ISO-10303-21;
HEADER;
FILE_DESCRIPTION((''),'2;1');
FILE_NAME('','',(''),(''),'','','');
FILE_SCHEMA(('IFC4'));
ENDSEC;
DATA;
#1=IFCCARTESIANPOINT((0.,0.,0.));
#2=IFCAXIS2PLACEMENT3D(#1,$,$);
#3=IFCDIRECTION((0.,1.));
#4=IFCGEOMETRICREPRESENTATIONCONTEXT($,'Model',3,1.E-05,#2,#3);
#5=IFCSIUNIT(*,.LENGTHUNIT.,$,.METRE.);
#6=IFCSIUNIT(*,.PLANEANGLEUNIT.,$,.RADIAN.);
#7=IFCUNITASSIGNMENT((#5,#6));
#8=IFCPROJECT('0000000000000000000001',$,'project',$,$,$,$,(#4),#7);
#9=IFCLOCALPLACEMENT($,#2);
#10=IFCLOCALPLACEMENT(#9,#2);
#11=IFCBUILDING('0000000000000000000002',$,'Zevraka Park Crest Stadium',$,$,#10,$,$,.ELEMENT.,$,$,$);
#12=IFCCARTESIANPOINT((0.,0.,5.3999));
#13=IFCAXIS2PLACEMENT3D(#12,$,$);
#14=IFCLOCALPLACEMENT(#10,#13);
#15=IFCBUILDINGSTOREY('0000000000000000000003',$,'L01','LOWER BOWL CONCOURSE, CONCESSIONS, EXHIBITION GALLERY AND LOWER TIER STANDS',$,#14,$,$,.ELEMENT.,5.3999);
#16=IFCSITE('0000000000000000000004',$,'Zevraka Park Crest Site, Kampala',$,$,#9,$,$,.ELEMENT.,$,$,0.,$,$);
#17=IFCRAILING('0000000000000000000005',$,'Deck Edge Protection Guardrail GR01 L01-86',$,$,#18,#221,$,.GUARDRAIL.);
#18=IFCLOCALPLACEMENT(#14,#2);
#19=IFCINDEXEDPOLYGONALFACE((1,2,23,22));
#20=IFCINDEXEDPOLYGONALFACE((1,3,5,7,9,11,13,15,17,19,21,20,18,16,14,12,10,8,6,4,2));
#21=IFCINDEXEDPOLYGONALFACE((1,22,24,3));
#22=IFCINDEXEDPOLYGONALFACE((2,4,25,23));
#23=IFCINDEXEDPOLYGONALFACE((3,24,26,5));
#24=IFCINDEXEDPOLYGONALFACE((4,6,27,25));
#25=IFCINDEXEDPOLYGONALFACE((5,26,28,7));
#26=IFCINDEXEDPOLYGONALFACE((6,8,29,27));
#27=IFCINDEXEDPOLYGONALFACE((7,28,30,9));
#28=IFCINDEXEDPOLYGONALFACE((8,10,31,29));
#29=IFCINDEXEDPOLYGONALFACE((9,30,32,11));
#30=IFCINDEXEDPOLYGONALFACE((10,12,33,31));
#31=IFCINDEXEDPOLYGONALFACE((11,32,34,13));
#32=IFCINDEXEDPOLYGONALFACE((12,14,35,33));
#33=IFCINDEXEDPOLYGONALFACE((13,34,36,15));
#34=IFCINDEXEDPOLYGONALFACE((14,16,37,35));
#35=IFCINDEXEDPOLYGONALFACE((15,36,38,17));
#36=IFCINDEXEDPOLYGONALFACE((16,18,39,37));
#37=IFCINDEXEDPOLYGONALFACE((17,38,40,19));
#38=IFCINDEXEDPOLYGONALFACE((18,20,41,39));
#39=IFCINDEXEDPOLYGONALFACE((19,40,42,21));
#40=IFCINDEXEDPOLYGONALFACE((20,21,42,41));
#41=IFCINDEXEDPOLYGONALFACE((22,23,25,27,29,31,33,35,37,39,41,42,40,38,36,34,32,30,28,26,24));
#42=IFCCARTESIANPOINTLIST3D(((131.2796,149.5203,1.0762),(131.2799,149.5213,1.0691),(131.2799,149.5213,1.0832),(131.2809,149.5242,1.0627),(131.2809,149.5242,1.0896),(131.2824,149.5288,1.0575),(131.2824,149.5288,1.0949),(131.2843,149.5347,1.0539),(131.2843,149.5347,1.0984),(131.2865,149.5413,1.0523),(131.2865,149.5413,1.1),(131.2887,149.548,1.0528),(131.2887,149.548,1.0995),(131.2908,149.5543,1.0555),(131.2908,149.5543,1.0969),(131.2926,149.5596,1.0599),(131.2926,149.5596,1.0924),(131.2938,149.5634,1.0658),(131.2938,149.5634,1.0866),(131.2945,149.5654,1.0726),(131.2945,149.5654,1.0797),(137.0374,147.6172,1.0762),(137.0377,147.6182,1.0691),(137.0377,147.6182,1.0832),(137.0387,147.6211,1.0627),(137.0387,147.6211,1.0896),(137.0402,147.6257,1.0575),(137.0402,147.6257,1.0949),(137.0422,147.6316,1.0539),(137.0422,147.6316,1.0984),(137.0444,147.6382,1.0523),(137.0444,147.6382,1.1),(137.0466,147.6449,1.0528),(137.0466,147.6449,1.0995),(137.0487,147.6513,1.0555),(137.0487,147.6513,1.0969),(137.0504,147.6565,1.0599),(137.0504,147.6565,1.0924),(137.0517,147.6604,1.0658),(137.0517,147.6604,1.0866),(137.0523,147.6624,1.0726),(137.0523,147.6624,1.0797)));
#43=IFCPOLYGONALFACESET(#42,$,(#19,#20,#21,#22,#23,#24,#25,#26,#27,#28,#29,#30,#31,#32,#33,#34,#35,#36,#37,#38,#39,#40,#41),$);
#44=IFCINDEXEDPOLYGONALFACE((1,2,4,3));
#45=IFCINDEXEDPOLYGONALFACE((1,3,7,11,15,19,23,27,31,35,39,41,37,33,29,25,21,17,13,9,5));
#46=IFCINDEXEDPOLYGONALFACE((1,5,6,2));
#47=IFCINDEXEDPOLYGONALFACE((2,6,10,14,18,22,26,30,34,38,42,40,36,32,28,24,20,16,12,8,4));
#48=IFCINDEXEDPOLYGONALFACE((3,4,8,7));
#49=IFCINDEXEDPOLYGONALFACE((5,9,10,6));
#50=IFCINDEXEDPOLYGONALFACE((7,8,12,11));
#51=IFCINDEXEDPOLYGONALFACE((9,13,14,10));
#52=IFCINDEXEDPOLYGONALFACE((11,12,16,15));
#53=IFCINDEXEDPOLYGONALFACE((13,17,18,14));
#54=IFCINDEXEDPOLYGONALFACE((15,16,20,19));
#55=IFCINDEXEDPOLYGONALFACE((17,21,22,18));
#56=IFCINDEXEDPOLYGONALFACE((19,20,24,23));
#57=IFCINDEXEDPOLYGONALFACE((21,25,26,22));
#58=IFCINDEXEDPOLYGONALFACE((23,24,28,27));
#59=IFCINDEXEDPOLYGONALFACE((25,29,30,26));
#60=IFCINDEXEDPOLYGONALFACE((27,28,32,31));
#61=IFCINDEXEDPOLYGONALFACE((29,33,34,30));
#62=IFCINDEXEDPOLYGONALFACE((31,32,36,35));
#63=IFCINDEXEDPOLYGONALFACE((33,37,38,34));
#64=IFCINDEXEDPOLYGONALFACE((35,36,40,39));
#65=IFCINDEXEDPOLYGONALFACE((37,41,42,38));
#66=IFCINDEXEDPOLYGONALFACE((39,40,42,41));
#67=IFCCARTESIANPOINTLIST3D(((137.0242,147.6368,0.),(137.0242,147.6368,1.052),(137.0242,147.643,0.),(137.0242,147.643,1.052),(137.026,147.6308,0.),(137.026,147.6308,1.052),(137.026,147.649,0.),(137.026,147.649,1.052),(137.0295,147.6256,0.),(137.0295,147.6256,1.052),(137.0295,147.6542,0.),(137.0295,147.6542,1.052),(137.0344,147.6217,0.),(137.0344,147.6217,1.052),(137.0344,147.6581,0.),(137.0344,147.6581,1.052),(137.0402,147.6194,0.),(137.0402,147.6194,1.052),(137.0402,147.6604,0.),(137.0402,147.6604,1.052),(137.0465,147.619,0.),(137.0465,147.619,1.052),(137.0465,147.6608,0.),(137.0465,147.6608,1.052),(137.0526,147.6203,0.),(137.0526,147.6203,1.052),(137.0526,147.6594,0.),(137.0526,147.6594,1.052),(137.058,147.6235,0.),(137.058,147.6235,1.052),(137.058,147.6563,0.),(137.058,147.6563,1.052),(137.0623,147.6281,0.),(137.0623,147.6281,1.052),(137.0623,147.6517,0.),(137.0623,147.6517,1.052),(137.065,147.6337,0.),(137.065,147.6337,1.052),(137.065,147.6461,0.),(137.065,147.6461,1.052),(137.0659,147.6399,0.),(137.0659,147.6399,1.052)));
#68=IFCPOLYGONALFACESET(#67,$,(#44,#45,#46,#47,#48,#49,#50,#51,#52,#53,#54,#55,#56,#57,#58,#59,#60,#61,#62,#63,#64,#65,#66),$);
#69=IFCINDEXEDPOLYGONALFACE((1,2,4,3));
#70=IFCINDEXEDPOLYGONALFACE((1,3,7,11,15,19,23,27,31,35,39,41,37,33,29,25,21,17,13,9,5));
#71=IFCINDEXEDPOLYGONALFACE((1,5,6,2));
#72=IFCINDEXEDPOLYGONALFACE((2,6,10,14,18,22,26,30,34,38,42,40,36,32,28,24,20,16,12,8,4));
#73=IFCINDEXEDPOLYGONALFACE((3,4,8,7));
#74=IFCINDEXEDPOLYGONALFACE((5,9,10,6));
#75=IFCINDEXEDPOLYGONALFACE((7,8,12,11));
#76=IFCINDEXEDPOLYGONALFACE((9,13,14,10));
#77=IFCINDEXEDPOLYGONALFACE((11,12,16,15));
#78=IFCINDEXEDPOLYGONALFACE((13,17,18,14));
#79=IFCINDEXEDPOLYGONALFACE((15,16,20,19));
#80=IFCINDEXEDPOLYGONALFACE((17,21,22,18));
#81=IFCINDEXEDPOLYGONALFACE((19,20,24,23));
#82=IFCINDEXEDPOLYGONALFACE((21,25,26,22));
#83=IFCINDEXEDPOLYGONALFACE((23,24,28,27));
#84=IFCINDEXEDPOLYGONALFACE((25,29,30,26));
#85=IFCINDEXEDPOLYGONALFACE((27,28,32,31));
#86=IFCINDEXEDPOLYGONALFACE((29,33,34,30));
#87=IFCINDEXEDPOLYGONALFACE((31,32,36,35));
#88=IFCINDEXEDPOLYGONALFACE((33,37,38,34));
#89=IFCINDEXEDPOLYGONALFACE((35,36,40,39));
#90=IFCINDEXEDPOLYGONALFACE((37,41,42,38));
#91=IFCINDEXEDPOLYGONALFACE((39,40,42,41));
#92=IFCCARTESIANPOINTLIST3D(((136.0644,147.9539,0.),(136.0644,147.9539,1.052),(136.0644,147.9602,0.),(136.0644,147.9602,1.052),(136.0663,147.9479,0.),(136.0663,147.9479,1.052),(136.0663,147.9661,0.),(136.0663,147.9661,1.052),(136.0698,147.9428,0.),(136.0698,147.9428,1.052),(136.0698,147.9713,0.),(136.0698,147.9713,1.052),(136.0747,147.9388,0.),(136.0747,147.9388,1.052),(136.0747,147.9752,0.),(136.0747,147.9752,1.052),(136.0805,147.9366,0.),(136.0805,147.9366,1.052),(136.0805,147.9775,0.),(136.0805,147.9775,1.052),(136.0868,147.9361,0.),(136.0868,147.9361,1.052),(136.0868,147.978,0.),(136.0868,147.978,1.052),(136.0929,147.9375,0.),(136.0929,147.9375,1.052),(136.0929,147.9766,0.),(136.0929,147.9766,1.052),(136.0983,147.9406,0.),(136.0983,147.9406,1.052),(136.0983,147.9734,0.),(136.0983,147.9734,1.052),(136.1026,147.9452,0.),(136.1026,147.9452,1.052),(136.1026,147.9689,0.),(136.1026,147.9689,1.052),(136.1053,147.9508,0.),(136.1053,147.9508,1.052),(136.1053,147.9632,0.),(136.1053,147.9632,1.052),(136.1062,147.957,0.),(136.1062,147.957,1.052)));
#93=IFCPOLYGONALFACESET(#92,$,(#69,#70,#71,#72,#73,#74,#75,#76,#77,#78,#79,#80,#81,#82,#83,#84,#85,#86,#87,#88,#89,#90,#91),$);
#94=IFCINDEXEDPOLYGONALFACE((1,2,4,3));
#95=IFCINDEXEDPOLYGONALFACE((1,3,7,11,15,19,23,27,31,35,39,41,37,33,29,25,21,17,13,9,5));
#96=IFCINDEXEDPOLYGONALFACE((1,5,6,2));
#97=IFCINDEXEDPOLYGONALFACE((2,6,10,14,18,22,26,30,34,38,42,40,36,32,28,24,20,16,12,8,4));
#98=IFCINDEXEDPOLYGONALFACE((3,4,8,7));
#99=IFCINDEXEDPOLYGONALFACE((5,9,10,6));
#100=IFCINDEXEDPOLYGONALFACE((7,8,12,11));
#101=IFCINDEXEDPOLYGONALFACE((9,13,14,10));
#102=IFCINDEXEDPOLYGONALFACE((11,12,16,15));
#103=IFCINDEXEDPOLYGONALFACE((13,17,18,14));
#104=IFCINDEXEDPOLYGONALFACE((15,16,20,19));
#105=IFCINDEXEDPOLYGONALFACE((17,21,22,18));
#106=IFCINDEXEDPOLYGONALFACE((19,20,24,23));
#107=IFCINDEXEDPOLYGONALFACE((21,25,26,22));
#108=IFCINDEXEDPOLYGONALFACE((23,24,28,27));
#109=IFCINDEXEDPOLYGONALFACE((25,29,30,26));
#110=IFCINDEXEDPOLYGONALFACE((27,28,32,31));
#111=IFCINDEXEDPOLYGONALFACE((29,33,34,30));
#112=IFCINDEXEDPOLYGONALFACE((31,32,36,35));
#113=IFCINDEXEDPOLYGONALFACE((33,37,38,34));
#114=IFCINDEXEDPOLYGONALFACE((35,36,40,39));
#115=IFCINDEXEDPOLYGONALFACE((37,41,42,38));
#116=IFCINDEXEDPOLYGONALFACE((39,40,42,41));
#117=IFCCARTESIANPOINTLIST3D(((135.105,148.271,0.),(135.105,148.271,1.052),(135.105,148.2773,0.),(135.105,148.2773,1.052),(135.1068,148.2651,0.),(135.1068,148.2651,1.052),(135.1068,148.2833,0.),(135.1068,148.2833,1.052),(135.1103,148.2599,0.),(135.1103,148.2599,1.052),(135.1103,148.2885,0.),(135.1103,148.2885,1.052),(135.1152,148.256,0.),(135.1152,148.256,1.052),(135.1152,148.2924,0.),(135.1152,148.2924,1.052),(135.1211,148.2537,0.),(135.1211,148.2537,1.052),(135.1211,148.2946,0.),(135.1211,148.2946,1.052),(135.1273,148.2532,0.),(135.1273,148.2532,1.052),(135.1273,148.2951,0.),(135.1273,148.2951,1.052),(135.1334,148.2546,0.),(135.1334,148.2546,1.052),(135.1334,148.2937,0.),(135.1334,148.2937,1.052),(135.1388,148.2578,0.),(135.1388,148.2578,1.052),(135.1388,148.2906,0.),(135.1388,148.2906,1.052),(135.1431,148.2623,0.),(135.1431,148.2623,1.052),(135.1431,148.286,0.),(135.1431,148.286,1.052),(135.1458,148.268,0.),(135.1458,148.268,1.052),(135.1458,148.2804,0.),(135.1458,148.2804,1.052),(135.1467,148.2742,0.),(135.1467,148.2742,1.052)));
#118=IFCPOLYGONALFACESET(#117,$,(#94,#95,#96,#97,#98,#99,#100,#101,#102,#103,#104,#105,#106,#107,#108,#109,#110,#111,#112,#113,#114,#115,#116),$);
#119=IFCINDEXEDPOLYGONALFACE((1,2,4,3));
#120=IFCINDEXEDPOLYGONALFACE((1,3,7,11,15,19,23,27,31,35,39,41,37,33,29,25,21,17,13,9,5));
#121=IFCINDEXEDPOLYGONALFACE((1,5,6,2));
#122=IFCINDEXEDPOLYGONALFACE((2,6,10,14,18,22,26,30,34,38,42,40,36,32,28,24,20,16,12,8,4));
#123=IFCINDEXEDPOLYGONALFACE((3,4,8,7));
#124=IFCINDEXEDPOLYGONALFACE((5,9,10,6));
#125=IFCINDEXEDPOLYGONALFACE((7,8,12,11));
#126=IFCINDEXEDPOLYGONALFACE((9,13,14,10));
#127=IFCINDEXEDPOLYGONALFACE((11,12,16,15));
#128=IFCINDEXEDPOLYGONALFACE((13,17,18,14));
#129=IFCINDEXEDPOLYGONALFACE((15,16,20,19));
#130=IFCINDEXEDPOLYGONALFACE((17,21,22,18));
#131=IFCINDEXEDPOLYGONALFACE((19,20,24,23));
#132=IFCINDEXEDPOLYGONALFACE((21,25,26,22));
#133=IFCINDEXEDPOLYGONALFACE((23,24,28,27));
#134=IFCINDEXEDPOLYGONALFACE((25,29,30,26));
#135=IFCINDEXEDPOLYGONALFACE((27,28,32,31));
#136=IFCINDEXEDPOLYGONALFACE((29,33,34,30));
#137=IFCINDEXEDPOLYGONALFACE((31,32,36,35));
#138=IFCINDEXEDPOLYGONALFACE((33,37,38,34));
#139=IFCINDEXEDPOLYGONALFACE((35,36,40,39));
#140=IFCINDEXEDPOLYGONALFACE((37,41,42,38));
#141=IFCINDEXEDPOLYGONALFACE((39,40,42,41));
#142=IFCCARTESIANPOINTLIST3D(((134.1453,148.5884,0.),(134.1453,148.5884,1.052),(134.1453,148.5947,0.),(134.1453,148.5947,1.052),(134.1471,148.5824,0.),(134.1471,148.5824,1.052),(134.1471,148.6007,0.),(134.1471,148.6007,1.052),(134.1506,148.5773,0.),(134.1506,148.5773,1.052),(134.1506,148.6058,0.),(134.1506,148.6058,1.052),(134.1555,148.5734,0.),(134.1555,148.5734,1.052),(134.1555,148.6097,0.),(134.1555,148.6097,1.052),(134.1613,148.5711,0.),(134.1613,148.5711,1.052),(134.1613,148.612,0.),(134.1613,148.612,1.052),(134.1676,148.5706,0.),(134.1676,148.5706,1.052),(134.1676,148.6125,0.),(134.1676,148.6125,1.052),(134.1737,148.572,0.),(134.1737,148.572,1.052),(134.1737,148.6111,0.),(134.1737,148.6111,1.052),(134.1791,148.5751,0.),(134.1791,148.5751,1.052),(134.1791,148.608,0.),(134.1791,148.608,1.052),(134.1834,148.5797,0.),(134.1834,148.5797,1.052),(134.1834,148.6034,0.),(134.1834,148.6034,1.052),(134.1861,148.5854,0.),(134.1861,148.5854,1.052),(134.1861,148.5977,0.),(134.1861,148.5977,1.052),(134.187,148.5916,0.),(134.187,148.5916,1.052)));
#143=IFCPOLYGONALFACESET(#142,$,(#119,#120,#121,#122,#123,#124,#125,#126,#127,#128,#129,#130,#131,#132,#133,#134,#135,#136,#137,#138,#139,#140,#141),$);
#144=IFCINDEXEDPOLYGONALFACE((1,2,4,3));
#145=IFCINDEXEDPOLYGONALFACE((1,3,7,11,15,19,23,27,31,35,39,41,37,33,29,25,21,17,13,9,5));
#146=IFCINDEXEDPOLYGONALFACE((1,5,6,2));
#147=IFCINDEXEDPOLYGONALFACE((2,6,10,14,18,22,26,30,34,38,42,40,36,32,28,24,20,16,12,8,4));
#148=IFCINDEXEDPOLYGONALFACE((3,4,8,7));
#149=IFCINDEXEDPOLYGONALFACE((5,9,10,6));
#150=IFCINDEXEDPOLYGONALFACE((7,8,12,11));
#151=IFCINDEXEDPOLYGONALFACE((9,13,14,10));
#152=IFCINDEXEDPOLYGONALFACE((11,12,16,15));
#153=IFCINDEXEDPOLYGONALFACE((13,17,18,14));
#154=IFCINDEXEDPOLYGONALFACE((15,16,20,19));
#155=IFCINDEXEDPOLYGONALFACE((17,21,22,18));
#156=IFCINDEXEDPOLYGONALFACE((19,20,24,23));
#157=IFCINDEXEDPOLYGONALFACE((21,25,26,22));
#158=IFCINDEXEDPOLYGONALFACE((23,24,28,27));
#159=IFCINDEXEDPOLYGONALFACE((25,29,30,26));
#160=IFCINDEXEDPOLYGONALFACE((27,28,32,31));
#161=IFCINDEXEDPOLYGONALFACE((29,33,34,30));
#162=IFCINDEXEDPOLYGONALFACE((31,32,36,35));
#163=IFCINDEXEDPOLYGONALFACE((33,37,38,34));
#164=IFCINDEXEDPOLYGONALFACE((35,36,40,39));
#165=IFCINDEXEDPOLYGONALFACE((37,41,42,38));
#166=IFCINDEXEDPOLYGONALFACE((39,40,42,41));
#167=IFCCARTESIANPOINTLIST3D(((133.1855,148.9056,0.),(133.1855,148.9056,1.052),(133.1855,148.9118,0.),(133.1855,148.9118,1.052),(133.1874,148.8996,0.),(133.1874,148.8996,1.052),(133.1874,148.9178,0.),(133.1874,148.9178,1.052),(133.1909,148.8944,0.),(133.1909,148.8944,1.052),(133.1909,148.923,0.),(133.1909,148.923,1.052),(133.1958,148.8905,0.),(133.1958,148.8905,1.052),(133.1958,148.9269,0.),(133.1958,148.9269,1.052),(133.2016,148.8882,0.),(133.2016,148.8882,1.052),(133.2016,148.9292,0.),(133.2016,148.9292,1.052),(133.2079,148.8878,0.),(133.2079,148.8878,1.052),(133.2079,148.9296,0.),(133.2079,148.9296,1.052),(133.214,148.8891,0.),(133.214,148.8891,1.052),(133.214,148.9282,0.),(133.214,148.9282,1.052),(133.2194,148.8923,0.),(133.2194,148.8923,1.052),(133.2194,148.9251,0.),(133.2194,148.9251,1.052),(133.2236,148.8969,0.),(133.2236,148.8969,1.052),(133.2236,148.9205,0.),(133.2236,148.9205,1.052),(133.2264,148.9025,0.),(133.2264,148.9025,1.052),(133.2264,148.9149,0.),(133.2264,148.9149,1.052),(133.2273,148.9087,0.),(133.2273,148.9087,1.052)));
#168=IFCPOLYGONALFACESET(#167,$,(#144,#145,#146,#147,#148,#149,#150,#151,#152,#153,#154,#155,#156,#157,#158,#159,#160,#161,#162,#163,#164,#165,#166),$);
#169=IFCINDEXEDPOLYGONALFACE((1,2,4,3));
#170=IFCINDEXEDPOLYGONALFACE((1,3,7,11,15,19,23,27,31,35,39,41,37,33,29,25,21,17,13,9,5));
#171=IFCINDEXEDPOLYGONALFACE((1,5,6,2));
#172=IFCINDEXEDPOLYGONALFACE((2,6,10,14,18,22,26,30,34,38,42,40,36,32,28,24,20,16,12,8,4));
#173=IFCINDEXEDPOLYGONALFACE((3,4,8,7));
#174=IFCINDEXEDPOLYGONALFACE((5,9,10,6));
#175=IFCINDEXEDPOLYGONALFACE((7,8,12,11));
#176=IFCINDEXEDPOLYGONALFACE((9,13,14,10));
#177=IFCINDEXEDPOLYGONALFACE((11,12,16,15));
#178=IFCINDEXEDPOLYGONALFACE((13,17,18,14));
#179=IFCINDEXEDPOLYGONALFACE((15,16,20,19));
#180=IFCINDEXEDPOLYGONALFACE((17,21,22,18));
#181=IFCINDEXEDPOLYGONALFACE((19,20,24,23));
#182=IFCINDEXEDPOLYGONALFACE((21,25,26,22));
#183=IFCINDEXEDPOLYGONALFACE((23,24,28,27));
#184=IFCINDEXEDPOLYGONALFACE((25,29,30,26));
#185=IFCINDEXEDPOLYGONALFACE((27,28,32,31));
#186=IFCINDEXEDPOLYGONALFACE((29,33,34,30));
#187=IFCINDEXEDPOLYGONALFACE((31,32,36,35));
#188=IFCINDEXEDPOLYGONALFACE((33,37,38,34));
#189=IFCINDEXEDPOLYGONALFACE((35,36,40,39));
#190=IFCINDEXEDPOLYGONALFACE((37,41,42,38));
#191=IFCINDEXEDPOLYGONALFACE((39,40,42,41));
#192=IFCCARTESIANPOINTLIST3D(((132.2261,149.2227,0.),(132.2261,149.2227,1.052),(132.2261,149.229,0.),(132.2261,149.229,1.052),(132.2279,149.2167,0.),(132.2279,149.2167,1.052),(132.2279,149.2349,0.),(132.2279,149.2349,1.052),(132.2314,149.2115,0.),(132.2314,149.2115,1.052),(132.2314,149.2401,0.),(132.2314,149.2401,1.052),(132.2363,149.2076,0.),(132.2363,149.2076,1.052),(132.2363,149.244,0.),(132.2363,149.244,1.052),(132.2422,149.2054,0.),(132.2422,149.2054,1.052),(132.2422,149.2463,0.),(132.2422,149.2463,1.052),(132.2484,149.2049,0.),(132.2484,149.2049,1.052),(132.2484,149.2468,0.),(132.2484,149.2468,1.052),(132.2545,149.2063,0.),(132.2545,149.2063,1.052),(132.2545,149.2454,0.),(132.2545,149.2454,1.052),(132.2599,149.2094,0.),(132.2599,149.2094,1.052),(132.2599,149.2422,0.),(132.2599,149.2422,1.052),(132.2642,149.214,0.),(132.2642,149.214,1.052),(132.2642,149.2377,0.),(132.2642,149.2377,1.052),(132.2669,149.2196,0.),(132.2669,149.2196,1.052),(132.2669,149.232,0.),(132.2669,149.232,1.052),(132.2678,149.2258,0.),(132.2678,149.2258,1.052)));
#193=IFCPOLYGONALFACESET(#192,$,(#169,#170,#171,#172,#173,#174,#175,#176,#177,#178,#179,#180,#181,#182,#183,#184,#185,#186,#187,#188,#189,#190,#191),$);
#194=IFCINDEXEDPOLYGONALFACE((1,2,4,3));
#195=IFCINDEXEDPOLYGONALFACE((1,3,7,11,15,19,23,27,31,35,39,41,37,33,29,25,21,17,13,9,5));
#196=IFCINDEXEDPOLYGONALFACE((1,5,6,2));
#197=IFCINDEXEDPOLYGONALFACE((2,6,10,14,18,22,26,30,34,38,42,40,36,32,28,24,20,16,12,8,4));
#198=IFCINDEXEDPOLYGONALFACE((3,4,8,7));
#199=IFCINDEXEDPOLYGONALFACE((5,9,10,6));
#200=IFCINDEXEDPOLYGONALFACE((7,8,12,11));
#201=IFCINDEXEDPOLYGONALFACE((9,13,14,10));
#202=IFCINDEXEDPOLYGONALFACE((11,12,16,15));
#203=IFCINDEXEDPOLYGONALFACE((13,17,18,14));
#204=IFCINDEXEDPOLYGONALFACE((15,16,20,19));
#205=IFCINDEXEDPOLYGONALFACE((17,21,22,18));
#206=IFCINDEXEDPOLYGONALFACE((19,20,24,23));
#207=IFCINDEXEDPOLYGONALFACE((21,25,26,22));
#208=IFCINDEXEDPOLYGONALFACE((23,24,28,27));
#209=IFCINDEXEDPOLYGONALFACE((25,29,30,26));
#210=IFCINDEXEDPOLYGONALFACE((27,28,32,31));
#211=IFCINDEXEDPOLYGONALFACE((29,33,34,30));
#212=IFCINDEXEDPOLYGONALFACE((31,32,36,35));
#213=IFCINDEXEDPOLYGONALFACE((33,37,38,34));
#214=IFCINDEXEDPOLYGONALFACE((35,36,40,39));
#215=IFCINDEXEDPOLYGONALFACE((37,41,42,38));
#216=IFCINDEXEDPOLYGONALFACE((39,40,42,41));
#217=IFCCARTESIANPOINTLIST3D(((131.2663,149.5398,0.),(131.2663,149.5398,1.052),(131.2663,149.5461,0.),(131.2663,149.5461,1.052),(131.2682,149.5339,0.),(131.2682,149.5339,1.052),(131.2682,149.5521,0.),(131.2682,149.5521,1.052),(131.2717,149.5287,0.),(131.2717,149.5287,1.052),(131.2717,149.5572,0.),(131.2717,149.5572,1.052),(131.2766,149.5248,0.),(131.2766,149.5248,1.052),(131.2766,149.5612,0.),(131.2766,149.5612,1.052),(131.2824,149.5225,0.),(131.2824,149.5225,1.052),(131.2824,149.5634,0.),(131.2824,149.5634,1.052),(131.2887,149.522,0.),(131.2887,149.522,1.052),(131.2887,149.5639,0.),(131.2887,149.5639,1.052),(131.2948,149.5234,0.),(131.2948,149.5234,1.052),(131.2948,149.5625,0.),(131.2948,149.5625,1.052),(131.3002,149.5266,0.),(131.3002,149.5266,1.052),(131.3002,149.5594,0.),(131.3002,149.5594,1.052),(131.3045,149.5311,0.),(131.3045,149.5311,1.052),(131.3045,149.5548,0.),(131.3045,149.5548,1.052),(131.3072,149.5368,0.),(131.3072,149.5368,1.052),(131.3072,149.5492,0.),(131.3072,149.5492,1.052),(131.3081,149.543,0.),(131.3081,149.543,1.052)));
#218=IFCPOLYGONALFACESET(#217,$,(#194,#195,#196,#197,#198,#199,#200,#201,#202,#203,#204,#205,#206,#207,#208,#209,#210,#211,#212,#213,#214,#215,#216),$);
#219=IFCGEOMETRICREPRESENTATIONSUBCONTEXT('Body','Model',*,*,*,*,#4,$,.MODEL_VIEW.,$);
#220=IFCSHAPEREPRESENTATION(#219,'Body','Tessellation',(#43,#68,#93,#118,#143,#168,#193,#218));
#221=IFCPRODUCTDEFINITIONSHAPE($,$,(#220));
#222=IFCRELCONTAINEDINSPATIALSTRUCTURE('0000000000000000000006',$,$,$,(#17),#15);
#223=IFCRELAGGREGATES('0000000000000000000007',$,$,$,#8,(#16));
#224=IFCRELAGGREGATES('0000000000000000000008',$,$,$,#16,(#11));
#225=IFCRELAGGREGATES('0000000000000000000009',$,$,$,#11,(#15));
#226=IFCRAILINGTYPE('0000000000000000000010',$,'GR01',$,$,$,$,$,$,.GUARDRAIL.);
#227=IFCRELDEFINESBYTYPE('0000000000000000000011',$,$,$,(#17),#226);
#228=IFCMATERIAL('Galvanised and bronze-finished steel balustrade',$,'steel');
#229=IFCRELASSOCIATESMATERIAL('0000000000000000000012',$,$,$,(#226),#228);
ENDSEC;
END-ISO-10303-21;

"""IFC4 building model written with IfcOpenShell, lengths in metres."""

from ifc_helpers import new_model, si_unit, direction, frame, origin, origin_2d, place, context, subcontext, project, spatial, circle, extrude, material, type_object, element, save


model = new_model("IFC4")

# Units and contexts
model_context = context("Model", 3, precision=1e-05, world=origin(), true_north=direction((0.0, 1.0)))
body_context = subcontext(model_context, "Body", "Model", "MODEL_VIEW")
ifc_project = project(units=[si_unit("LENGTHUNIT", "METRE"), si_unit("PLANEANGLEUNIT", "RADIAN")], contexts=[model_context])

# Site, building, storey
site_placement = place(None, origin())
site = spatial("IfcSite", under=ifc_project, at=site_placement, Name="Zevraka Park Crest Site, Kampala", CompositionType="ELEMENT", RefElevation=0.0)
building_placement = place(site_placement, origin())
building = spatial("IfcBuilding", under=site, at=building_placement, Name="Zevraka Park Crest Stadium", CompositionType="ELEMENT")
storey_placement = place(building_placement, frame((0.0, 0.0, 5.3999)))
storey = spatial("IfcBuildingStorey", under=building, at=storey_placement, Name="L01", Description="LOWER BOWL CONCOURSE, CONCESSIONS, EXHIBITION GALLERY AND LOWER TIER STANDS", CompositionType="ELEMENT", Elevation=5.3999)

# Railing
ifc_material_1 = material(Name="Galvanised and bronze-finished steel balustrade", Category="steel")
railing_type_1 = type_object("IfcRailingType", Name="GR01", PredefinedType="GUARDRAIL", material=ifc_material_1)
railing_1_placement = place(storey_placement, frame((137.0449, 147.6399, 0.0)))
element("IfcRailing", 1, at=railing_1_placement, inside=storey, type_object=railing_type_1, Name="Deck Edge Protection Guardrail GR01 L01-86", PredefinedType="GUARDRAIL", context=body_context, shape_type="SweptSolid", body=[
    extrude(circle(Radius=0.0239, at=origin_2d()), frame((0.0, 0.0, 1.0762), z_axis=(-0.949481, 0.313823, 0.0), x_axis=(-0.313823, -0.949481, 0.0)), (0.0, 0.0, 1.0), 6.0642),
    extrude(circle(Radius=0.021, at=origin_2d()), origin(), (0.0, 0.0, 1.0), 1.052),
    extrude(circle(Radius=0.021, at=origin_2d()), frame((-0.9597, 0.3171, 0.0)), (0.0, 0.0, 1.0), 1.052),
    extrude(circle(Radius=0.021, at=origin_2d()), frame((-1.9192, 0.6343, 0.0)), (0.0, 0.0, 1.0), 1.052),
    extrude(circle(Radius=0.021, at=origin_2d()), frame((-2.8789, 0.9517, 0.0)), (0.0, 0.0, 1.0), 1.052),
    extrude(circle(Radius=0.021, at=origin_2d()), frame((-3.8386, 1.2688, 0.0)), (0.0, 0.0, 1.0), 1.052),
    extrude(circle(Radius=0.021, at=origin_2d()), frame((-4.7981, 1.5859, 0.0)), (0.0, 0.0, 1.0), 1.052),
    extrude(circle(Radius=0.021, at=origin_2d()), frame((-5.7578, 1.9031, 0.0)), (0.0, 0.0, 1.0), 1.052),
])

save(model, "model.ifc")
